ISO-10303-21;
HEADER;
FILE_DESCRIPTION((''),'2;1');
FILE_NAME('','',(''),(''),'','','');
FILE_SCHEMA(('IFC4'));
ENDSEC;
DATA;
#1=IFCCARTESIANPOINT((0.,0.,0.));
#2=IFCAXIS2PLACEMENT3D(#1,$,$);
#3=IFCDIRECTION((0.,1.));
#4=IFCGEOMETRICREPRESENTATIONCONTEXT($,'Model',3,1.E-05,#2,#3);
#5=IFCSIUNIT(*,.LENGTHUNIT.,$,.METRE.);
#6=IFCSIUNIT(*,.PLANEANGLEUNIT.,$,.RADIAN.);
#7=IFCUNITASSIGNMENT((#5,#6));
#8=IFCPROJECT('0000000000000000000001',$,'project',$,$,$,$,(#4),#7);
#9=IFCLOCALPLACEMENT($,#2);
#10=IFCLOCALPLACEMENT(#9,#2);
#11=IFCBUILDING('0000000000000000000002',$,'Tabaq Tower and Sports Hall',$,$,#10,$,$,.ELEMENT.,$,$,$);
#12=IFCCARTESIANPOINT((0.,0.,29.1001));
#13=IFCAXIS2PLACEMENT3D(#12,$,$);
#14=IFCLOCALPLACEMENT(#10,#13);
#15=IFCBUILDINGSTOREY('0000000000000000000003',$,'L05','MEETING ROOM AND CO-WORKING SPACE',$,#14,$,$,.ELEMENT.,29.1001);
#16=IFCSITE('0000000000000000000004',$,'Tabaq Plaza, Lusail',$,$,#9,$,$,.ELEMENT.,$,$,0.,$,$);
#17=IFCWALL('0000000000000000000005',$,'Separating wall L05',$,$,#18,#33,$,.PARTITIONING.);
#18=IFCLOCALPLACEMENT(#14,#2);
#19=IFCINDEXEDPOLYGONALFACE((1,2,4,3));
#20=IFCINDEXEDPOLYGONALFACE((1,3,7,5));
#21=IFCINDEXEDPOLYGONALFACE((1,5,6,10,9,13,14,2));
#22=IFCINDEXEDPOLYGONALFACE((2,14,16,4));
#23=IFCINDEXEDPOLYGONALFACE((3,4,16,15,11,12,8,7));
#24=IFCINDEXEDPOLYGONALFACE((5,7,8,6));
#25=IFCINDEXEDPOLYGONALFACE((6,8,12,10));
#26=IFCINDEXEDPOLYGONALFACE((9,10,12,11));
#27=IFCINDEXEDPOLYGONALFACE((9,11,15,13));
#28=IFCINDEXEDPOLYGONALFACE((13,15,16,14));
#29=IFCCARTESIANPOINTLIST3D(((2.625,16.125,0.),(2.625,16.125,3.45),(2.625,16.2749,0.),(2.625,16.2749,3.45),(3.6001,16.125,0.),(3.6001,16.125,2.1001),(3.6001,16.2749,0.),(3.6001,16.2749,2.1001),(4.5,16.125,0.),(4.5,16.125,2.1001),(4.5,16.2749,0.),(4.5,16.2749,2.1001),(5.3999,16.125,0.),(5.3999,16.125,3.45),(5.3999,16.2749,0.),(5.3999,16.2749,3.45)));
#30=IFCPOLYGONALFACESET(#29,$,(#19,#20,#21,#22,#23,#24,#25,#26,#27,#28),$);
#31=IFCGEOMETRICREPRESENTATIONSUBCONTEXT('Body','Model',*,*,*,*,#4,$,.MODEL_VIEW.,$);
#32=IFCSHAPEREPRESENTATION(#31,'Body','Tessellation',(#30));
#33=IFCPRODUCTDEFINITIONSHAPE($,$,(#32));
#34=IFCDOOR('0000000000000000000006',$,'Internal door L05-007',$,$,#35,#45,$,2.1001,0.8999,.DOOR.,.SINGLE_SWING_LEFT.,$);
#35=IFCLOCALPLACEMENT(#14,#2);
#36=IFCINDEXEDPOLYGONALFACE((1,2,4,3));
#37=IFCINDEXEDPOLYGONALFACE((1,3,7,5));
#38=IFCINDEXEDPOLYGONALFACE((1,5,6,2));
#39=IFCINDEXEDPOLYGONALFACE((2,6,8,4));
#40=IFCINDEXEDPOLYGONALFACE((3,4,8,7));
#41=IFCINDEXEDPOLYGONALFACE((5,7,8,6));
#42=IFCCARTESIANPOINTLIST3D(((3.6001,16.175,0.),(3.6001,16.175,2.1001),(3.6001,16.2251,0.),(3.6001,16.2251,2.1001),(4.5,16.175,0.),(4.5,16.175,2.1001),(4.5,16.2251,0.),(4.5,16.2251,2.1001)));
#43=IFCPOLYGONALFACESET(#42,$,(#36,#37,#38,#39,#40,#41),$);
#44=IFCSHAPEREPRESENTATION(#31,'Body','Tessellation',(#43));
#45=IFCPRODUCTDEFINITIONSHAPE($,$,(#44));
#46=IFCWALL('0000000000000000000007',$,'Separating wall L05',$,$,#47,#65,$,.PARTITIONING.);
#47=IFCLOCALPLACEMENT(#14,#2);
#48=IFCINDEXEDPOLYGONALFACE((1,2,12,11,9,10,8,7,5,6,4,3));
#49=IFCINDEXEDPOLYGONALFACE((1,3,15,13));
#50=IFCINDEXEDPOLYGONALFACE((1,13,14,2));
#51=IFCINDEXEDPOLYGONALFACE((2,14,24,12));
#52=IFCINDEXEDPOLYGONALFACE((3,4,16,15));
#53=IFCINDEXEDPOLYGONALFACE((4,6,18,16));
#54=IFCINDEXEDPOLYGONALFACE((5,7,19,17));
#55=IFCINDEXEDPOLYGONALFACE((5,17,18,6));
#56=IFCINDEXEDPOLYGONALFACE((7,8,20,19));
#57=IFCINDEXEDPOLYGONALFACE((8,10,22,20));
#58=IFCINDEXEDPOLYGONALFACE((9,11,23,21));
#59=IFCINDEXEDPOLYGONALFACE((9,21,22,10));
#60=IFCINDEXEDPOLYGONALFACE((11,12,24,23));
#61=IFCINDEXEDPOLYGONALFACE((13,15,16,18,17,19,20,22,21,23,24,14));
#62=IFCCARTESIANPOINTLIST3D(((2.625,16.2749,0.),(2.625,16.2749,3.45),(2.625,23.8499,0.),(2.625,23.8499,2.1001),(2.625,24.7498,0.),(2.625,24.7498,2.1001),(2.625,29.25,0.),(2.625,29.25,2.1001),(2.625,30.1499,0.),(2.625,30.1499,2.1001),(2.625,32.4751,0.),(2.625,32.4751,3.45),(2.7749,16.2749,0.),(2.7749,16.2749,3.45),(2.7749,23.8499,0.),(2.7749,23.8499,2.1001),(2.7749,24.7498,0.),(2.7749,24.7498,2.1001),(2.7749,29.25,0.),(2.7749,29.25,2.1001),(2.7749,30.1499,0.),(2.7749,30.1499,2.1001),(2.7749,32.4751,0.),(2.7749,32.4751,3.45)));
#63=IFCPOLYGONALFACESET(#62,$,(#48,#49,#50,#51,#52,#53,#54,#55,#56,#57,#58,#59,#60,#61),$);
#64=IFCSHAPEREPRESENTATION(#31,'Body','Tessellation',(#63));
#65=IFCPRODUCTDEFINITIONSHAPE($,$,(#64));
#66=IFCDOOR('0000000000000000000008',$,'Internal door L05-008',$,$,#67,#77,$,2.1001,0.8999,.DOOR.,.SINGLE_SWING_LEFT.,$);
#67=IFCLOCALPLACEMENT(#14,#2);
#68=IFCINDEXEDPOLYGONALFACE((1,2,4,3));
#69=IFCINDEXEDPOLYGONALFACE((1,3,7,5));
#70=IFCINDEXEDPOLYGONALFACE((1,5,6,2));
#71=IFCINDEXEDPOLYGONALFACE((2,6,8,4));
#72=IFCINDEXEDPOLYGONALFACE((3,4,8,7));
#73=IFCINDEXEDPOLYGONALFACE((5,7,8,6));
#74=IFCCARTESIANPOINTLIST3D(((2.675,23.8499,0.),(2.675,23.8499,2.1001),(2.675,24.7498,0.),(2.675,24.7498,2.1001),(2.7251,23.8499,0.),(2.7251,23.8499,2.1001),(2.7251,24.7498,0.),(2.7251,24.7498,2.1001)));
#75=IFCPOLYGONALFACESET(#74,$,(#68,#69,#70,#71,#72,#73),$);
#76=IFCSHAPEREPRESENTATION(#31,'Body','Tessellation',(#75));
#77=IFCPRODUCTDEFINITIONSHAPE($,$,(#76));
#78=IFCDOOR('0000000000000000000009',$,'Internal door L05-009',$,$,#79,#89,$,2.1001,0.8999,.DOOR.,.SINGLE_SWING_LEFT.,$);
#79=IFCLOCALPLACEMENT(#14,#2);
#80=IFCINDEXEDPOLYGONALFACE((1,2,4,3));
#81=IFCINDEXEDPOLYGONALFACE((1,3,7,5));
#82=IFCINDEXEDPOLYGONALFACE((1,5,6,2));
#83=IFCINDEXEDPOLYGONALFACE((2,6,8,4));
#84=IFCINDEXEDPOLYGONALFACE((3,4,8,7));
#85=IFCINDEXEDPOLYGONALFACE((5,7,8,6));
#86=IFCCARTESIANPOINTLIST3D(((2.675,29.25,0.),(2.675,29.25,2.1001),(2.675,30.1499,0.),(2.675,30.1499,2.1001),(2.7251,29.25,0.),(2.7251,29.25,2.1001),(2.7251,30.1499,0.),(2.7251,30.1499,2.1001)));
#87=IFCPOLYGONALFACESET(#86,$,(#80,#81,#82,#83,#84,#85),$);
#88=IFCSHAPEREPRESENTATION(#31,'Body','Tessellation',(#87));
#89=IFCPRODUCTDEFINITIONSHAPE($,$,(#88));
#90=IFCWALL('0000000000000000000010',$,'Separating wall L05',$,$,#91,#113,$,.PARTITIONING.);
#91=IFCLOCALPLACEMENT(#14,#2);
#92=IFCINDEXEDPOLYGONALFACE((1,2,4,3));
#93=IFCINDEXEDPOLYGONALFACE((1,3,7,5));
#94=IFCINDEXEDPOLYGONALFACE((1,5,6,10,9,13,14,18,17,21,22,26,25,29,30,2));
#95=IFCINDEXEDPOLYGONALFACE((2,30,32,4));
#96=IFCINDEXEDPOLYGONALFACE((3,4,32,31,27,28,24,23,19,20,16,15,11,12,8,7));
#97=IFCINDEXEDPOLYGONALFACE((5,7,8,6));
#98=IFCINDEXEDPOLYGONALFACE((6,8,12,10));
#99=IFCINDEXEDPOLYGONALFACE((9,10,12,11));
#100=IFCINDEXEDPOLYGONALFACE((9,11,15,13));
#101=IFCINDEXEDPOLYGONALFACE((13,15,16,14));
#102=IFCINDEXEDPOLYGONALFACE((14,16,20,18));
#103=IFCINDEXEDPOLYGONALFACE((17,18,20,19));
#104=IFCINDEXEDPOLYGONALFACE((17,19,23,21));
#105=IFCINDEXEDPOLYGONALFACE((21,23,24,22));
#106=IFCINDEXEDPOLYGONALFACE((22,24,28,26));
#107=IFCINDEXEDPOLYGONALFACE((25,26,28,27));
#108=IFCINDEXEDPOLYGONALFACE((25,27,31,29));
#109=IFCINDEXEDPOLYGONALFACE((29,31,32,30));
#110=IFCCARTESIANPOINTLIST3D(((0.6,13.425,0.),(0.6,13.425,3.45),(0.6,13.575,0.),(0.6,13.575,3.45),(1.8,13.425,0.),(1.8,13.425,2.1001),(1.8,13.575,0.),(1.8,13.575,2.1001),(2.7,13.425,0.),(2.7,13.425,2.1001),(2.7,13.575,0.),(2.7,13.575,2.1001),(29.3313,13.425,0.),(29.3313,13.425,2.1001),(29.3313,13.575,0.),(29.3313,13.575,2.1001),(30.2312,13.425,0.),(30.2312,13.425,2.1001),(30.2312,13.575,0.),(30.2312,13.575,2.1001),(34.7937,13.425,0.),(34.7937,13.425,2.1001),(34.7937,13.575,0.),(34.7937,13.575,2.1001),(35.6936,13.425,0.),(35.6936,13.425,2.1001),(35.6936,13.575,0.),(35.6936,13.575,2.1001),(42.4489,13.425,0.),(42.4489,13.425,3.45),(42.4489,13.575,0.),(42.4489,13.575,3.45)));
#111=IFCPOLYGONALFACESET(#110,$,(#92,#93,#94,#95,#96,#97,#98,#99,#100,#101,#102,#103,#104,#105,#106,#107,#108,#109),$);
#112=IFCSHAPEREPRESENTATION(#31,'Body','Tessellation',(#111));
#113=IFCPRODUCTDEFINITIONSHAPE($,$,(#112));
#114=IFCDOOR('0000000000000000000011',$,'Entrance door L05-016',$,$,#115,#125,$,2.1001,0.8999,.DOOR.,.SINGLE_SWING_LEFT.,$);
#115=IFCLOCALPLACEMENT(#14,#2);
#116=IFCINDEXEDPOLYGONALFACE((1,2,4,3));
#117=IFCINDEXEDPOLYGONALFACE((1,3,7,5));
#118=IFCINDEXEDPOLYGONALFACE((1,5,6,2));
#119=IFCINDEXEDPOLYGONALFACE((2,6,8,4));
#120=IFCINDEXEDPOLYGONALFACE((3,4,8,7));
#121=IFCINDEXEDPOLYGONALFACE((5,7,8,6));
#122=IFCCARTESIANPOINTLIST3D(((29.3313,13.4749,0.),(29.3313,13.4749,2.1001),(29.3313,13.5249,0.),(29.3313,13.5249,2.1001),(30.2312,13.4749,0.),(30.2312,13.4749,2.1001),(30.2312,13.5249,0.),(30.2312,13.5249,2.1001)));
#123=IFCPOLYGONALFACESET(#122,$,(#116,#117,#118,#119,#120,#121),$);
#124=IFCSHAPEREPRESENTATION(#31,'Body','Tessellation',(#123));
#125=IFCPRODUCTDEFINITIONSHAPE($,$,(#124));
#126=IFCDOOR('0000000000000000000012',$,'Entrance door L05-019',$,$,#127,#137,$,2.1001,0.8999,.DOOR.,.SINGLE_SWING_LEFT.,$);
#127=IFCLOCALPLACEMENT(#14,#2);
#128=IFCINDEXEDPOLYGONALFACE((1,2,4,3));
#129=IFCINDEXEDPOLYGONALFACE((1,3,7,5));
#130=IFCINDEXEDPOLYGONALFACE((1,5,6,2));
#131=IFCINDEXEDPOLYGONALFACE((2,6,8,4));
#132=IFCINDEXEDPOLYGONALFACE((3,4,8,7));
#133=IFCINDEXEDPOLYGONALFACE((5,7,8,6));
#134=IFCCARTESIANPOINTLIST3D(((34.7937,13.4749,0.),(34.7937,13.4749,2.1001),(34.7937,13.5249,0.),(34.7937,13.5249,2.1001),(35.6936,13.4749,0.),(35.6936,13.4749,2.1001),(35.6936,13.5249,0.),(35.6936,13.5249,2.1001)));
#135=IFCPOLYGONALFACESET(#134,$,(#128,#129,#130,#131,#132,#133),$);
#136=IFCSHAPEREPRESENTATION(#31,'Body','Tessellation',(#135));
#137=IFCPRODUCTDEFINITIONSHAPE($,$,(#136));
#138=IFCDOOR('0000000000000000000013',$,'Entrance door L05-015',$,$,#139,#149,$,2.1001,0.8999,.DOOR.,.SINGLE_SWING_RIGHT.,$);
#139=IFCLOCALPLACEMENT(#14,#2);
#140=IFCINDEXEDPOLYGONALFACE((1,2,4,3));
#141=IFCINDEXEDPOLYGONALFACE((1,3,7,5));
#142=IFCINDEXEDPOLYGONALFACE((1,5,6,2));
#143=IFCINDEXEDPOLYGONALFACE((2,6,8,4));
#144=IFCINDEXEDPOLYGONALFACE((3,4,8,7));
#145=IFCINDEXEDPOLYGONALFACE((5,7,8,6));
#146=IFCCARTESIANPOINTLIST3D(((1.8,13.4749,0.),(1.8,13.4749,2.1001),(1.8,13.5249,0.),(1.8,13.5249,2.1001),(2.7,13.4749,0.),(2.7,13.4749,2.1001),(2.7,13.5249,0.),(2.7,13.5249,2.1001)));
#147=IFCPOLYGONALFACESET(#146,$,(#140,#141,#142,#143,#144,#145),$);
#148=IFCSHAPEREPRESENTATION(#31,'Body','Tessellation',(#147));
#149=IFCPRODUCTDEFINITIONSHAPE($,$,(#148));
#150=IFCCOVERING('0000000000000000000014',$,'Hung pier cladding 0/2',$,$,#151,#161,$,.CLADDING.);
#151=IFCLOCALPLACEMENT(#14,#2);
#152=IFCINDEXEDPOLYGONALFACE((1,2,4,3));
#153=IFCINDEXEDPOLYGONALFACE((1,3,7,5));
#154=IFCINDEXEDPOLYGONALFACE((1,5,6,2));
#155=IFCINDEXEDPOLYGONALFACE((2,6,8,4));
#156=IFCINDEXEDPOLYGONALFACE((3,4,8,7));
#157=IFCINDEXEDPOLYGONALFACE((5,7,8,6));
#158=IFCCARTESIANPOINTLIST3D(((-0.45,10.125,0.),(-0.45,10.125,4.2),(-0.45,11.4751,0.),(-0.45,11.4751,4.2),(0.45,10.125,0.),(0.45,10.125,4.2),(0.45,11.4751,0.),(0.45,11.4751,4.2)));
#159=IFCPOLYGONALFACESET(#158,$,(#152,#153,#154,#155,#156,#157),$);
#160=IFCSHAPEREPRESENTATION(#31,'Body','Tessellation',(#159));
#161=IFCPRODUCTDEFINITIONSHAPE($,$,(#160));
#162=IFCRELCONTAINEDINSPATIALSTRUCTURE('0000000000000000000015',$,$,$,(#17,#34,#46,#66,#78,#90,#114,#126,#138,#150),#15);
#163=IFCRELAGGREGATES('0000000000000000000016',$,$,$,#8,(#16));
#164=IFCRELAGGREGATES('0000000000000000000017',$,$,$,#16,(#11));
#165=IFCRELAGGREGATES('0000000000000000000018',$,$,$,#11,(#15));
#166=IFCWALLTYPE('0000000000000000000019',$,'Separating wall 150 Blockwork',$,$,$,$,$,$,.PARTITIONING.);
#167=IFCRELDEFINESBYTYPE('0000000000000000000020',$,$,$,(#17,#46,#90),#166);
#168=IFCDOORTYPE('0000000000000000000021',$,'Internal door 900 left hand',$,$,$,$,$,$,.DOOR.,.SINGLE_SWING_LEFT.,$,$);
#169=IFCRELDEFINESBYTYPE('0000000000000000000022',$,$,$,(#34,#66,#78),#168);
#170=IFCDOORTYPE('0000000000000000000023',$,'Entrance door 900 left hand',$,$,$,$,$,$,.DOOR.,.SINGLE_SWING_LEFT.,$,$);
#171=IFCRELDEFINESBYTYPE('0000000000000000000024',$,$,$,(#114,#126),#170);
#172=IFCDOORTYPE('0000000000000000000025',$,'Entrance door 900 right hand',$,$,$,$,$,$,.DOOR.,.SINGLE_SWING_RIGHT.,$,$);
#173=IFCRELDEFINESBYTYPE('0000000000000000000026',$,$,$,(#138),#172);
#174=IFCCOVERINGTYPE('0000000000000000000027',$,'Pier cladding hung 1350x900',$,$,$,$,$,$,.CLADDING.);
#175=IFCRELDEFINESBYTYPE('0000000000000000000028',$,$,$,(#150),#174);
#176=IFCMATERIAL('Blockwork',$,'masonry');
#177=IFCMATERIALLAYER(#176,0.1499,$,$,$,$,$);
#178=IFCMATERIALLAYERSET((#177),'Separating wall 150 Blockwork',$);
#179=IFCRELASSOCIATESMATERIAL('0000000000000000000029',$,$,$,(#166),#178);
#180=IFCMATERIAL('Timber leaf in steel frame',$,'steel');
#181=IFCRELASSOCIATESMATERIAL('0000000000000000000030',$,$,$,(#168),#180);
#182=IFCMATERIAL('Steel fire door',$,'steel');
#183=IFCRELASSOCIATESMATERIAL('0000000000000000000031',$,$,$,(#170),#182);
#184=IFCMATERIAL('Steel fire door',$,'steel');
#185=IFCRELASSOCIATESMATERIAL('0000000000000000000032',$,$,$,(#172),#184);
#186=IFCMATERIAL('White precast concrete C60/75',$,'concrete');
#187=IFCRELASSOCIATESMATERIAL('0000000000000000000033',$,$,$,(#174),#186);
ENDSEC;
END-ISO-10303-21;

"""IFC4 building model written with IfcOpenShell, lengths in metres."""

from ifc_helpers import new_model, si_unit, direction, frame, frame_2d, origin, place, context, subcontext, project, spatial, rectangle, extrude, material, layer, layer_set, type_object, element, fill, save


model = new_model("IFC4")

# Units and contexts
model_context = context("Model", 3, precision=1e-05, world=origin(), true_north=direction((0.0, 1.0)))
body_context = subcontext(model_context, "Body", "Model", "MODEL_VIEW")
ifc_project = project(units=[si_unit("LENGTHUNIT", "METRE"), si_unit("PLANEANGLEUNIT", "RADIAN")], contexts=[model_context])

# Site, building, storey
site_placement = place(None, origin())
site = spatial("IfcSite", under=ifc_project, at=site_placement, Name="Tabaq Plaza, Lusail", CompositionType="ELEMENT", RefElevation=0.0)
building_placement = place(site_placement, origin())
building = spatial("IfcBuilding", under=site, at=building_placement, Name="Tabaq Tower and Sports Hall", CompositionType="ELEMENT")
storey_placement = place(building_placement, frame((0.0, 0.0, 29.1001)))
storey = spatial("IfcBuildingStorey", under=building, at=storey_placement, Name="L05", Description="MEETING ROOM AND CO-WORKING SPACE", CompositionType="ELEMENT", Elevation=29.1001)

# Wall, opening, door
ifc_material_1 = material(Name="Blockwork", Category="masonry")
ifc_layer_1 = layer(ifc_material_1, 0.1499)
ifc_layer_set_1 = layer_set([ifc_layer_1], Name="Separating wall 150 Blockwork")
wall_type_1 = type_object("IfcWallType", Name="Separating wall 150 Blockwork", PredefinedType="PARTITIONING", material=ifc_layer_set_1)
wall_1_placement = place(storey_placement, frame((5.3999, 16.2, 0.0), z_axis=(0.0, 0.0, 1.0), x_axis=(-1.0, 0.0, 0.0)))
wall_1 = element("IfcWall", 1, at=wall_1_placement, inside=storey, type_object=wall_type_1, Name="Separating wall L05", PredefinedType="PARTITIONING", context=body_context, shape_type="SweptSolid", body=[
    extrude(rectangle(XDim=2.7749, YDim=0.1499, at=frame_2d((1.3875, 0.0))), origin(), (0.0, 0.0, 1.0), 3.45),
])
opening_1_placement = place(wall_1_placement, frame((0.8999, 0.0, 0.0)))
opening_1 = element("IfcOpeningElement", 2, at=opening_1_placement, cuts=wall_1, PredefinedType="OPENING", context=body_context, shape_type="SweptSolid", body=[
    extrude(rectangle(XDim=0.8999, YDim=2.1001, at=frame_2d((0.45, 1.05))), frame((0.0, 0.075, 0.0), z_axis=(0.0, -1.0, 0.0), x_axis=(1.0, 0.0, 0.0)), (0.0, 0.0, 1.0), 0.1499),
])
ifc_material_2 = material(Name="Timber leaf in steel frame", Category="steel")
door_type_1 = type_object("IfcDoorType", Name="Internal door 900 left hand", OperationType="SINGLE_SWING_LEFT", PredefinedType="DOOR", material=ifc_material_2)
door_1_placement = place(opening_1_placement, origin())
door_1 = element("IfcDoor", 3, at=door_1_placement, inside=storey, type_object=door_type_1, Name="Internal door L05-007", OperationType="SINGLE_SWING_LEFT", OverallHeight=2.1001, OverallWidth=0.8999, PredefinedType="DOOR", context=body_context, shape_type="SweptSolid", body=[
    extrude(rectangle(XDim=0.8999, YDim=2.1001, at=frame_2d((0.45, 1.05))), frame((0.0, 0.0249, 0.0), z_axis=(0.0, -1.0, 0.0), x_axis=(1.0, 0.0, 0.0)), (0.0, 0.0, 1.0), 0.05),
])
fill(opening_1, door_1)

# Walls, openings, doors
wall_2_placement = place(storey_placement, frame((2.7, 16.2749, 0.0), z_axis=(0.0, 0.0, 1.0), x_axis=(0.0, 1.0, 0.0)))
wall_2 = element("IfcWall", 4, at=wall_2_placement, inside=storey, type_object=wall_type_1, Name="Separating wall L05", PredefinedType="PARTITIONING", context=body_context, shape_type="SweptSolid", body=[
    extrude(rectangle(XDim=16.2002, YDim=0.1499, at=frame_2d((8.1001, 0.0))), origin(), (0.0, 0.0, 1.0), 3.45),
])
opening_2_placement = place(wall_2_placement, frame((7.575, 0.0, 0.0)))
opening_2 = element("IfcOpeningElement", 5, at=opening_2_placement, cuts=wall_2, PredefinedType="OPENING", context=body_context, shape_type="SweptSolid", body=[
    extrude(rectangle(XDim=0.8999, YDim=2.1001, at=frame_2d((0.45, 1.05))), frame((0.0, 0.075, 0.0), z_axis=(0.0, -1.0, 0.0), x_axis=(1.0, 0.0, 0.0)), (0.0, 0.0, 1.0), 0.1499),
])
opening_3_placement = place(wall_2_placement, frame((12.9751, 0.0, 0.0)))
opening_3 = element("IfcOpeningElement", 6, at=opening_3_placement, cuts=wall_2, PredefinedType="OPENING", context=body_context, shape_type="SweptSolid", body=[
    extrude(rectangle(XDim=0.8999, YDim=2.1001, at=frame_2d((0.45, 1.05))), frame((0.0, 0.075, 0.0), z_axis=(0.0, -1.0, 0.0), x_axis=(1.0, 0.0, 0.0)), (0.0, 0.0, 1.0), 0.1499),
])
door_2_placement = place(opening_2_placement, origin())
door_2 = element("IfcDoor", 7, at=door_2_placement, inside=storey, type_object=door_type_1, Name="Internal door L05-008", OperationType="SINGLE_SWING_LEFT", OverallHeight=2.1001, OverallWidth=0.8999, PredefinedType="DOOR", context=body_context, shape_type="SweptSolid", body=[
    extrude(rectangle(XDim=0.8999, YDim=2.1001, at=frame_2d((0.45, 1.05))), frame((0.0, 0.0249, 0.0), z_axis=(0.0, -1.0, 0.0), x_axis=(1.0, 0.0, 0.0)), (0.0, 0.0, 1.0), 0.05),
])
fill(opening_2, door_2)
door_3_placement = place(opening_3_placement, origin())
door_3 = element("IfcDoor", 8, at=door_3_placement, inside=storey, type_object=door_type_1, Name="Internal door L05-009", OperationType="SINGLE_SWING_LEFT", OverallHeight=2.1001, OverallWidth=0.8999, PredefinedType="DOOR", context=body_context, shape_type="SweptSolid", body=[
    extrude(rectangle(XDim=0.8999, YDim=2.1001, at=frame_2d((0.45, 1.05))), frame((0.0, 0.0249, 0.0), z_axis=(0.0, -1.0, 0.0), x_axis=(1.0, 0.0, 0.0)), (0.0, 0.0, 1.0), 0.05),
])
fill(opening_3, door_3)
wall_3_placement = place(storey_placement, frame((0.6001, 13.5, 0.0), z_axis=(0.0, 0.0, 1.0), x_axis=(1.0, 0.0, 0.0)))
wall_3 = element("IfcWall", 9, at=wall_3_placement, inside=storey, type_object=wall_type_1, Name="Separating wall L05", PredefinedType="PARTITIONING", context=body_context, shape_type="SweptSolid", body=[
    extrude(rectangle(XDim=41.8489, YDim=0.1499, at=frame_2d((20.9243, 0.0))), origin(), (0.0, 0.0, 1.0), 3.45),
])
opening_4_placement = place(wall_3_placement, frame((1.2, 0.0, 0.0)))
opening_4 = element("IfcOpeningElement", 10, at=opening_4_placement, cuts=wall_3, PredefinedType="OPENING", context=body_context, shape_type="SweptSolid", body=[
    extrude(rectangle(XDim=0.8999, YDim=2.1001, at=frame_2d((0.45, 1.05))), frame((0.0, 0.075, 0.0), z_axis=(0.0, -1.0, 0.0), x_axis=(1.0, 0.0, 0.0)), (0.0, 0.0, 1.0), 0.1499),
])
opening_5_placement = place(wall_3_placement, frame((28.7312, 0.0, 0.0)))
opening_5 = element("IfcOpeningElement", 11, at=opening_5_placement, cuts=wall_3, PredefinedType="OPENING", context=body_context, shape_type="SweptSolid", body=[
    extrude(rectangle(XDim=0.8999, YDim=2.1001, at=frame_2d((0.45, 1.05))), frame((0.0, 0.075, 0.0), z_axis=(0.0, -1.0, 0.0), x_axis=(1.0, 0.0, 0.0)), (0.0, 0.0, 1.0), 0.1499),
])
opening_6_placement = place(wall_3_placement, frame((34.1936, 0.0, 0.0)))
opening_6 = element("IfcOpeningElement", 12, at=opening_6_placement, cuts=wall_3, PredefinedType="OPENING", context=body_context, shape_type="SweptSolid", body=[
    extrude(rectangle(XDim=0.8999, YDim=2.1001, at=frame_2d((0.45, 1.05))), frame((0.0, 0.075, 0.0), z_axis=(0.0, -1.0, 0.0), x_axis=(1.0, 0.0, 0.0)), (0.0, 0.0, 1.0), 0.1499),
])
ifc_material_3 = material(Name="Steel fire door", Category="steel")
door_type_2 = type_object("IfcDoorType", Name="Entrance door 900 left hand", OperationType="SINGLE_SWING_LEFT", PredefinedType="DOOR", material=ifc_material_3)
door_4_placement = place(opening_5_placement, origin())
door_4 = element("IfcDoor", 13, at=door_4_placement, inside=storey, type_object=door_type_2, Name="Entrance door L05-016", OperationType="SINGLE_SWING_LEFT", OverallHeight=2.1001, OverallWidth=0.8999, PredefinedType="DOOR", context=body_context, shape_type="SweptSolid", body=[
    extrude(rectangle(XDim=0.8999, YDim=2.1001, at=frame_2d((0.45, 1.05))), frame((0.0, 0.0249, 0.0), z_axis=(0.0, -1.0, 0.0), x_axis=(1.0, 0.0, 0.0)), (0.0, 0.0, 1.0), 0.05),
])
fill(opening_5, door_4)
door_5_placement = place(opening_6_placement, origin())
door_5 = element("IfcDoor", 14, at=door_5_placement, inside=storey, type_object=door_type_2, Name="Entrance door L05-019", OperationType="SINGLE_SWING_LEFT", OverallHeight=2.1001, OverallWidth=0.8999, PredefinedType="DOOR", context=body_context, shape_type="SweptSolid", body=[
    extrude(rectangle(XDim=0.8999, YDim=2.1001, at=frame_2d((0.45, 1.05))), frame((0.0, 0.0249, 0.0), z_axis=(0.0, -1.0, 0.0), x_axis=(1.0, 0.0, 0.0)), (0.0, 0.0, 1.0), 0.05),
])
fill(opening_6, door_5)
ifc_material_4 = material(Name="Steel fire door", Category="steel")
door_type_3 = type_object("IfcDoorType", Name="Entrance door 900 right hand", OperationType="SINGLE_SWING_RIGHT", PredefinedType="DOOR", material=ifc_material_4)
door_6_placement = place(opening_4_placement, origin())
door_6 = element("IfcDoor", 15, at=door_6_placement, inside=storey, type_object=door_type_3, Name="Entrance door L05-015", OperationType="SINGLE_SWING_RIGHT", OverallHeight=2.1001, OverallWidth=0.8999, PredefinedType="DOOR", context=body_context, shape_type="SweptSolid", body=[
    extrude(rectangle(XDim=0.8999, YDim=2.1001, at=frame_2d((0.45, 1.05))), frame((0.0, 0.0249, 0.0), z_axis=(0.0, -1.0, 0.0), x_axis=(1.0, 0.0, 0.0)), (0.0, 0.0, 1.0), 0.05),
])
fill(opening_4, door_6)

# Covering
ifc_material_5 = material(Name="White precast concrete C60/75", Category="concrete")
covering_type = type_object("IfcCoveringType", Name="Pier cladding hung 1350x900", PredefinedType="CLADDING", material=ifc_material_5)
for number, where, z_axis, x_axis, name in (
    (16, (0.0, 11.4751, 0.0), (0.0, 0.0, 1.0), (0.0, -1.0, 0.0), "Hung pier cladding 0/2"),
):
    element("IfcCovering", number, at=place(storey_placement, frame(where, z_axis=z_axis, x_axis=x_axis)), inside=storey, type_object=covering_type, Name=name, PredefinedType="CLADDING", context=body_context, shape_type="SweptSolid", body=[
        extrude(rectangle(XDim=1.3501, YDim=0.8999, at=frame_2d((0.675, 0.0))), origin(), (0.0, 0.0, 1.0), 4.2),
    ])

save(model, "model.ifc")
